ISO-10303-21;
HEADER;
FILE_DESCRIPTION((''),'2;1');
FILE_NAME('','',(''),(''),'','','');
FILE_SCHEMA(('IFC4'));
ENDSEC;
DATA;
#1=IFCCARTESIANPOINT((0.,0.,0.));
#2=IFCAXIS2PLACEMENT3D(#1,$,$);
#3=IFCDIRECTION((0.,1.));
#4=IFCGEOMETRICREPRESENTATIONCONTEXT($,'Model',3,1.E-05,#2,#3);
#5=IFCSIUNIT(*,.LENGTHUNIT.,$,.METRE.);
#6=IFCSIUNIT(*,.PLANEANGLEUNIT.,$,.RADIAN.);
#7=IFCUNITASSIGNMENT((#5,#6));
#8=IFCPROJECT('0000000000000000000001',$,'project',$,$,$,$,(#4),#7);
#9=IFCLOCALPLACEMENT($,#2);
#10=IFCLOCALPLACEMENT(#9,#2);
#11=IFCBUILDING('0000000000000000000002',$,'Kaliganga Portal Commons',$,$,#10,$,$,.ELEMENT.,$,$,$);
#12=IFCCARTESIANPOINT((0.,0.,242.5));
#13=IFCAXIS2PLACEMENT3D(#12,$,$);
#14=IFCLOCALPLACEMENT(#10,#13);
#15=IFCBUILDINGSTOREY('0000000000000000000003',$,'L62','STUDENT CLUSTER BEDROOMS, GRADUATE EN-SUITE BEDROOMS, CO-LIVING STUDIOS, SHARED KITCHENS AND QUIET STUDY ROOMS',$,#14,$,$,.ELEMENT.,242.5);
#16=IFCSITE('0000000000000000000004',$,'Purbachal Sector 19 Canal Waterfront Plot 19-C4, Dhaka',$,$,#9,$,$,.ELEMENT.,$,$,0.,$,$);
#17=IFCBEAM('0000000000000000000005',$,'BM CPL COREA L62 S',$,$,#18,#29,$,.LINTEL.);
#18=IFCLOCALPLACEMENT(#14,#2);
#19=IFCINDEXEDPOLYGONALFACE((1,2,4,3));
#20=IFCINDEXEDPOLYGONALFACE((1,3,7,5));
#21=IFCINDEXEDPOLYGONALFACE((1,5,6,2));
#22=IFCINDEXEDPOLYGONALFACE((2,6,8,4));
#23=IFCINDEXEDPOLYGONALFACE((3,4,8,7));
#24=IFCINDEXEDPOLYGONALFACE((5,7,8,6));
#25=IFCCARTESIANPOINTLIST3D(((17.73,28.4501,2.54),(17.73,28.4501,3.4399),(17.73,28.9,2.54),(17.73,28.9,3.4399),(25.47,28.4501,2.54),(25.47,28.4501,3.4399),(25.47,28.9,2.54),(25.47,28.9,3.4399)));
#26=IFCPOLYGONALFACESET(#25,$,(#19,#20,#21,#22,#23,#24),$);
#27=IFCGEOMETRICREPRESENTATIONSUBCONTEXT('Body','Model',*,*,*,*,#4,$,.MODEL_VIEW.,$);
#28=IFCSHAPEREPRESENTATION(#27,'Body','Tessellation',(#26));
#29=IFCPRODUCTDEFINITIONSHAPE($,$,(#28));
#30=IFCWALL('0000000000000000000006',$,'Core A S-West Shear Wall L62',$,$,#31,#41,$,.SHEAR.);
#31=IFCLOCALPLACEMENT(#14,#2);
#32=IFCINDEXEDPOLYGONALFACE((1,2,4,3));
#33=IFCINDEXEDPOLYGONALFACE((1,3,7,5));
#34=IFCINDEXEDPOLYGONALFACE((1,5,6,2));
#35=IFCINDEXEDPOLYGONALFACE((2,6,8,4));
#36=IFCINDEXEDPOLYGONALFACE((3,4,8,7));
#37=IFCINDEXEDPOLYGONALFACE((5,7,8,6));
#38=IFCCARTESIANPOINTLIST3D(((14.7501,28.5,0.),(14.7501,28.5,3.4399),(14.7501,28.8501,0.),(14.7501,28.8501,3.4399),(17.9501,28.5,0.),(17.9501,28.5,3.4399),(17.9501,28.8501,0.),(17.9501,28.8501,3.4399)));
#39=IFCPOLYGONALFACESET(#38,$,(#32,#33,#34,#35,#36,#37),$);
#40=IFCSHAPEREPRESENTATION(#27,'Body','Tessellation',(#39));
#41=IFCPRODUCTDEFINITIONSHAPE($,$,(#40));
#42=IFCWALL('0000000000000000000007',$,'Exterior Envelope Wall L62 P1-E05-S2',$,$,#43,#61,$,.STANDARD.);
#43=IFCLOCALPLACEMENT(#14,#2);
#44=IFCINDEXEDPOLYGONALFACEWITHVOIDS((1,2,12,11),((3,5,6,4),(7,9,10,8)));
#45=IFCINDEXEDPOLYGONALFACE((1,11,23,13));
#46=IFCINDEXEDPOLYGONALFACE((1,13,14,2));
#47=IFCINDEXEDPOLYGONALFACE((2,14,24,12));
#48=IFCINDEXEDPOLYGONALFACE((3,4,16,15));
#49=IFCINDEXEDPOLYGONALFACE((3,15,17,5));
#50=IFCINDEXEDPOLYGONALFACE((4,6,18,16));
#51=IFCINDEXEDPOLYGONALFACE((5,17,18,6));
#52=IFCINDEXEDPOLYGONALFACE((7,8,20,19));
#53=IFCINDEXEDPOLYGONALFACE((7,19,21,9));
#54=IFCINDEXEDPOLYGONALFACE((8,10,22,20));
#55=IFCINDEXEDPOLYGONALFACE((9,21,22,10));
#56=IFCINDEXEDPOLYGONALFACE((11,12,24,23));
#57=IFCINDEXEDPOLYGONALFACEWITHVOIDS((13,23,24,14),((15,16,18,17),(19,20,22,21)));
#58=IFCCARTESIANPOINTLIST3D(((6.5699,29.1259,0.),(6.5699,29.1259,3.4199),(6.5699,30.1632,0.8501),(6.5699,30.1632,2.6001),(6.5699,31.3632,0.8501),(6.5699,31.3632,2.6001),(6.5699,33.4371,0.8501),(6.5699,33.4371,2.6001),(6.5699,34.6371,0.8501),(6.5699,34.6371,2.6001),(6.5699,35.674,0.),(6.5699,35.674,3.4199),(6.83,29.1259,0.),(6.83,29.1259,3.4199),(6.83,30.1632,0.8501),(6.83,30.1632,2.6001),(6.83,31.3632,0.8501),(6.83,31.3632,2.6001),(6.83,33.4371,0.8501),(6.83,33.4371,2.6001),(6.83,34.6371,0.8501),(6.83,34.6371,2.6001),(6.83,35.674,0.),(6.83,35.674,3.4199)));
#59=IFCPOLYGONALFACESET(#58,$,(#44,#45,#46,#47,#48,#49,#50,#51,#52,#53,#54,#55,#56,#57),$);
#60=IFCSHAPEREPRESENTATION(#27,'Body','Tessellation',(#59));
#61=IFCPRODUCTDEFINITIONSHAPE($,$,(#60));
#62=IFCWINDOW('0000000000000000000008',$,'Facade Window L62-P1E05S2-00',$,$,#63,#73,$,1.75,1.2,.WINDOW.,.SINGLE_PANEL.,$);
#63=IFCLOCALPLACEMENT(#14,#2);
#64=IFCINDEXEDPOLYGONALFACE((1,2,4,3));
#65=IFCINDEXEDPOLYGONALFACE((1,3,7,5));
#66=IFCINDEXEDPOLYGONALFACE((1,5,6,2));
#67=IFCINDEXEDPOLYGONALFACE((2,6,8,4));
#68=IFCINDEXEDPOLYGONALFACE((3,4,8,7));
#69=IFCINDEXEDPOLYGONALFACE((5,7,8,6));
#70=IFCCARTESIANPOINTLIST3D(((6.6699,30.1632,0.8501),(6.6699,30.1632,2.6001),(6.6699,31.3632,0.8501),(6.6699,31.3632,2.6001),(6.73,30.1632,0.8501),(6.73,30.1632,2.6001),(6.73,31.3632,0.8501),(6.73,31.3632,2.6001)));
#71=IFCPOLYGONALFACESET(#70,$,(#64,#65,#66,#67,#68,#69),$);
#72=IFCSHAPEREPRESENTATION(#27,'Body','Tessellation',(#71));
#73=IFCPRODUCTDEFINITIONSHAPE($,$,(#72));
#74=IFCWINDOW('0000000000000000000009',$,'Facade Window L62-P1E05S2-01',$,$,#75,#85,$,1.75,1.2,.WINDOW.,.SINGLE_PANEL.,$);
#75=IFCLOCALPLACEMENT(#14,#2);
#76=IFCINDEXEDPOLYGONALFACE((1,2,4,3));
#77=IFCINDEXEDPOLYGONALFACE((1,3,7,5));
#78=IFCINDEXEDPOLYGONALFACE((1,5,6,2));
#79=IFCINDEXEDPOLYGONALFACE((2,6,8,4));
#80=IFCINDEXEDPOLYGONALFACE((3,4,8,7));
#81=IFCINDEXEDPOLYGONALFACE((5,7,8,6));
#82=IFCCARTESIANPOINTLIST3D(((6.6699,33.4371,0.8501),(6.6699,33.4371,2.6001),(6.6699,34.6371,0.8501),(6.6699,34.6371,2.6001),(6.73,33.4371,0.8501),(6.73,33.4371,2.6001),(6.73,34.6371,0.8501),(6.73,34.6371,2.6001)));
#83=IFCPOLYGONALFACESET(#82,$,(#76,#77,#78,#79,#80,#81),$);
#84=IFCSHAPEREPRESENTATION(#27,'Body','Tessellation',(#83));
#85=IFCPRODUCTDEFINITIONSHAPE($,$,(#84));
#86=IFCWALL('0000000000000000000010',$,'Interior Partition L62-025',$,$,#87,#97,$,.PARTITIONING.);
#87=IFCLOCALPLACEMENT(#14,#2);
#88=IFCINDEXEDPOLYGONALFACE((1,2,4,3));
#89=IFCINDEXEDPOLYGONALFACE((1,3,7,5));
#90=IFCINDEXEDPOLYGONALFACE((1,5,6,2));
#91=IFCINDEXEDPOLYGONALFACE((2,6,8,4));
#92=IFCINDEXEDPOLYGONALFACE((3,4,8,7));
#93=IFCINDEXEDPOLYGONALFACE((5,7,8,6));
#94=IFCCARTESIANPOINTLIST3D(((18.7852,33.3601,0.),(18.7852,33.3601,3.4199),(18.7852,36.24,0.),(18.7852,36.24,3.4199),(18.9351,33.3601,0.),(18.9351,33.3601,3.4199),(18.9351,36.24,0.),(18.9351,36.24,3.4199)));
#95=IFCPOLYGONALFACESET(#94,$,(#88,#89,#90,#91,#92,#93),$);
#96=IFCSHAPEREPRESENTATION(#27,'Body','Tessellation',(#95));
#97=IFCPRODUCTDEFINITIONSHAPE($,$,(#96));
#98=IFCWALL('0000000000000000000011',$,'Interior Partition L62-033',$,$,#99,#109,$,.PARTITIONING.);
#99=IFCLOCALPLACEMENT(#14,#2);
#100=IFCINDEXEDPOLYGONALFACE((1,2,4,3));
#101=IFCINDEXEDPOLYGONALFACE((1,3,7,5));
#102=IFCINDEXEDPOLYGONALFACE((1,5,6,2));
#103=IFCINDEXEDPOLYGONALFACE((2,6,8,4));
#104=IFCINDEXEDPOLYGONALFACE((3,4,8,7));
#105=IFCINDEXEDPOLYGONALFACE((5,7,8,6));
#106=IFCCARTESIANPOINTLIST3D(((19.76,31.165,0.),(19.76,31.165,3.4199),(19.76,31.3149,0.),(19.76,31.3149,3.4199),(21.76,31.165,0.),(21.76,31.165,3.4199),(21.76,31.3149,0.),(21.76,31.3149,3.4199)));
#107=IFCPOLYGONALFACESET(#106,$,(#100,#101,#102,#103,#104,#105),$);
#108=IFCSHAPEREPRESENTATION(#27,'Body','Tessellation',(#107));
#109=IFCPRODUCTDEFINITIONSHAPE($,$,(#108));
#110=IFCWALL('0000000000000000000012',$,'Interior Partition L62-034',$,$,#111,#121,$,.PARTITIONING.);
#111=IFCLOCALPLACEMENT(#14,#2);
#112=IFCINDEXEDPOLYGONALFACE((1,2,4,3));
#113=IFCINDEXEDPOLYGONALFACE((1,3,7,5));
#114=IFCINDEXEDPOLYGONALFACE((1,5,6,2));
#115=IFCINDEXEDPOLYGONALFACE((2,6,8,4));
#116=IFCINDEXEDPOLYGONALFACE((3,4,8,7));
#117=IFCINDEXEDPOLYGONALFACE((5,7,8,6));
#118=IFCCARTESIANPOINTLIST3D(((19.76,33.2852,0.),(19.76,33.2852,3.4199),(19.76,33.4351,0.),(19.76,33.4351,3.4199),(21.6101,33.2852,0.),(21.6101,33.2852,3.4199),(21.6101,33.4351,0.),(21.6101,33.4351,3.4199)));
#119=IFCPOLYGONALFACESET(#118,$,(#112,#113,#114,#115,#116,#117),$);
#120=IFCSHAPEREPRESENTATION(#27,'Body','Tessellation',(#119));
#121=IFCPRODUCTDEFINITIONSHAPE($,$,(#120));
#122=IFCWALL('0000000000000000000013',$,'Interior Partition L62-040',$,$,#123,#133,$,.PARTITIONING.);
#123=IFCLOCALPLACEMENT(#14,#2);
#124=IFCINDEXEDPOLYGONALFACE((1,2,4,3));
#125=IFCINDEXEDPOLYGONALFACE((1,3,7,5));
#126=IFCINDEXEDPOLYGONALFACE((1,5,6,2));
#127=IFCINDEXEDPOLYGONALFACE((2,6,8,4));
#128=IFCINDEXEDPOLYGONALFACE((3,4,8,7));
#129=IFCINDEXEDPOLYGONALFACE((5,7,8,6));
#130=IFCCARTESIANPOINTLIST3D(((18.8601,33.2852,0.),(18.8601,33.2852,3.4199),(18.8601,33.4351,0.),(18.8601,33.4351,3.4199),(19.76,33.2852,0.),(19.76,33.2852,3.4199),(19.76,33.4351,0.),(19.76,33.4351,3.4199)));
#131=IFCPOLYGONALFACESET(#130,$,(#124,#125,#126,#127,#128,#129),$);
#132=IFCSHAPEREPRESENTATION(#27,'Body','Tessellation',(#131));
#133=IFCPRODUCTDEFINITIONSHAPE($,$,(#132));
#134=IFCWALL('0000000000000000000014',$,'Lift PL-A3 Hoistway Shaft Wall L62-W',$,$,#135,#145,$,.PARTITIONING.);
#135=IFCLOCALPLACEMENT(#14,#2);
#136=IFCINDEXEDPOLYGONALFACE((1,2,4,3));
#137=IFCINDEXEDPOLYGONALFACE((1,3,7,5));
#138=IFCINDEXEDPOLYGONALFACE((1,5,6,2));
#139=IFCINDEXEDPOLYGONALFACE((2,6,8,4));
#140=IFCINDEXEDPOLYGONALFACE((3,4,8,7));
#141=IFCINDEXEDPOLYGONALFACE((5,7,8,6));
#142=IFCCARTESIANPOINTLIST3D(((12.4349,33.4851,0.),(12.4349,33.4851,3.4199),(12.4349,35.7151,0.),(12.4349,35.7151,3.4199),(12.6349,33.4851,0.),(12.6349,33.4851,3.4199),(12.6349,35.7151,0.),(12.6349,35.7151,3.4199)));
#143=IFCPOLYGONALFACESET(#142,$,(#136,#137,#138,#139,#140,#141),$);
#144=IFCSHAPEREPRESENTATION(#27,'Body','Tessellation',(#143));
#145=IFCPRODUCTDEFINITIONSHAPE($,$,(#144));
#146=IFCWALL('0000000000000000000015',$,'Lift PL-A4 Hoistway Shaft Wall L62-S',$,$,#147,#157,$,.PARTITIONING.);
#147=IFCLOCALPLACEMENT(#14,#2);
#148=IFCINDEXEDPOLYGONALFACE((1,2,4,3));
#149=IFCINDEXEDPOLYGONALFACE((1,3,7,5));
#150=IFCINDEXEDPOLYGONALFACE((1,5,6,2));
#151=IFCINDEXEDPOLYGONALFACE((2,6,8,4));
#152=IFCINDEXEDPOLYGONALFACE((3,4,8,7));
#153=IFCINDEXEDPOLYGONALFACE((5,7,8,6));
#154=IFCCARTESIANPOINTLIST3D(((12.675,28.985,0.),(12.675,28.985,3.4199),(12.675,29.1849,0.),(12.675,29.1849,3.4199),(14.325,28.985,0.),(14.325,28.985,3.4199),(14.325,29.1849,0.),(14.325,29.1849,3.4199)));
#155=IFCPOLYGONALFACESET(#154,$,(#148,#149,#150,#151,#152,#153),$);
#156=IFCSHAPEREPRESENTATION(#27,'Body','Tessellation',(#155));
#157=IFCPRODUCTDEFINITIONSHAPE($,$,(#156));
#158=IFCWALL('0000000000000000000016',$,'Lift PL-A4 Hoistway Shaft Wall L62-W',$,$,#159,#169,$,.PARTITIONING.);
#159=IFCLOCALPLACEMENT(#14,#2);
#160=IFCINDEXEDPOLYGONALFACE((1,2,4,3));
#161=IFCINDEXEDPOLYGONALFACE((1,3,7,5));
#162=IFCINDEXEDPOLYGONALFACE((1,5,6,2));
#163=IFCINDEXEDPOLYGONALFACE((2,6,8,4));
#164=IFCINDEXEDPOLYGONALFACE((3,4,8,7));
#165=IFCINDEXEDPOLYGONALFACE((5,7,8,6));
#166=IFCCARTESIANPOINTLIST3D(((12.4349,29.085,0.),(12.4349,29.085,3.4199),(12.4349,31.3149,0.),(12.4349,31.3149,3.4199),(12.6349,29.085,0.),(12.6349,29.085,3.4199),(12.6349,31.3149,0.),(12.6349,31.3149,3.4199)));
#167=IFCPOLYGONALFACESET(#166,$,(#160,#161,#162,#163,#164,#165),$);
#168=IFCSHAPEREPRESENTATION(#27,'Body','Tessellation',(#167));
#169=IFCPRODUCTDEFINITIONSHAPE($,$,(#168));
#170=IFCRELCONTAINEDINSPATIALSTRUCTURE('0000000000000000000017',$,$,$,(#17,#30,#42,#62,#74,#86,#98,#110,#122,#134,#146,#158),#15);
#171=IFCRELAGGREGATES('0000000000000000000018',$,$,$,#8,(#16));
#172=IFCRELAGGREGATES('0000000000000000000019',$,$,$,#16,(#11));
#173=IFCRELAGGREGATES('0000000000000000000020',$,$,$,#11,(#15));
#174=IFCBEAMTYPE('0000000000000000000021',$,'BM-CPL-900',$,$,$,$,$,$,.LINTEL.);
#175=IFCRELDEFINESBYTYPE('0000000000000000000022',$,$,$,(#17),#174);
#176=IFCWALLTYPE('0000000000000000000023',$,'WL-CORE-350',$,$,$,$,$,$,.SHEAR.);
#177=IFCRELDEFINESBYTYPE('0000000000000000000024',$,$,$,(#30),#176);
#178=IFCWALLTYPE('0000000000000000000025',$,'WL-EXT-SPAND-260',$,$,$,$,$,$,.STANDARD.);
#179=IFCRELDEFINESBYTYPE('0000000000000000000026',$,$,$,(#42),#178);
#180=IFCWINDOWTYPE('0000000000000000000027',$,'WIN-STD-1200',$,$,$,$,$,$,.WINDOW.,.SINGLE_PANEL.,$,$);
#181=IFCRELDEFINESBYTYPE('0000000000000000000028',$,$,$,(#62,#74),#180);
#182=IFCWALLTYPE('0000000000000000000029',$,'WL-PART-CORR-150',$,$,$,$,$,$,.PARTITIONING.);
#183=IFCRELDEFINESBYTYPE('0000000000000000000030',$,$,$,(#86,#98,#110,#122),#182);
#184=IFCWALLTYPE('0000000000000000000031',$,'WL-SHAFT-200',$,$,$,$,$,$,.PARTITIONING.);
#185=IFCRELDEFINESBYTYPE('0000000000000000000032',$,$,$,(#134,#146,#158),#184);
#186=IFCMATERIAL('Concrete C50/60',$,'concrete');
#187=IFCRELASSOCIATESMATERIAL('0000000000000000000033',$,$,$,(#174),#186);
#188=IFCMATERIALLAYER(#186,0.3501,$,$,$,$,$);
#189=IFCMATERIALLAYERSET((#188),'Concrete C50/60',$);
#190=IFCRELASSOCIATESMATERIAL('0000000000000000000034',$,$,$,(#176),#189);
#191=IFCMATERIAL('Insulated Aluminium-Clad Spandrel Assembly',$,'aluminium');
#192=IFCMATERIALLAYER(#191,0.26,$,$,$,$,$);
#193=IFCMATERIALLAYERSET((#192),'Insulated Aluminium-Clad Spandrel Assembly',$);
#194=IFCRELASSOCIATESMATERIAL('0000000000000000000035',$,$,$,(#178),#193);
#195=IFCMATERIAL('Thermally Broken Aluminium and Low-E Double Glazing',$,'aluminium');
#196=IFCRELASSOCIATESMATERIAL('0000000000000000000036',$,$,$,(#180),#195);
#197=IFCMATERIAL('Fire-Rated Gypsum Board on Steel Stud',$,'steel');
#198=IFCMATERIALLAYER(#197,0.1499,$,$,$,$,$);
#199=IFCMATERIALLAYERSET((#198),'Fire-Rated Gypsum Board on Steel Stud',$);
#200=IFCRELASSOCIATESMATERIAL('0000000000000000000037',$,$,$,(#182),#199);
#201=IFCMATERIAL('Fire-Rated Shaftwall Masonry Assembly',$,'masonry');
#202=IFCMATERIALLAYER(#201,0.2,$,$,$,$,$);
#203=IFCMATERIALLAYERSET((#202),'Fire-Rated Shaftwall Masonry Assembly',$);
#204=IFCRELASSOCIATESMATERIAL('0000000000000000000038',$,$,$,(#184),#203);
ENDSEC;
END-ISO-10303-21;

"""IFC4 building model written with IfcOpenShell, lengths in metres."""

from ifc_helpers import new_model, si_unit, direction, frame, frame_2d, origin, origin_2d, place, context, subcontext, project, spatial, rectangle, extrude, source, transform, mapped, material, layer, layer_set, material_profile, profile_set, type_object, element, fill, save


model = new_model("IFC4")

# Units and contexts
model_context = context("Model", 3, precision=1e-05, world=origin(), true_north=direction((0.0, 1.0)))
body_context = subcontext(model_context, "Body", "Model", "MODEL_VIEW")
ifc_project = project(units=[si_unit("LENGTHUNIT", "METRE"), si_unit("PLANEANGLEUNIT", "RADIAN")], contexts=[model_context])

# Site, building, storey
site_placement = place(None, origin())
site = spatial("IfcSite", under=ifc_project, at=site_placement, Name="Purbachal Sector 19 Canal Waterfront Plot 19-C4, Dhaka", CompositionType="ELEMENT", RefElevation=0.0)
building_placement = place(site_placement, origin())
building = spatial("IfcBuilding", under=site, at=building_placement, Name="Kaliganga Portal Commons", CompositionType="ELEMENT")
storey_placement = place(building_placement, frame((0.0, 0.0, 242.5)))
storey = spatial("IfcBuildingStorey", under=building, at=storey_placement, Name="L62", Description="STUDENT CLUSTER BEDROOMS, GRADUATE EN-SUITE BEDROOMS, CO-LIVING STUDIOS, SHARED KITCHENS AND QUIET STUDY ROOMS", CompositionType="ELEMENT", Elevation=242.5)

# Beam
ifc_material_1 = material(Name="Concrete C50/60", Category="concrete")
ifc_material_profile = material_profile(ifc_material_1, rectangle(XDim=0.45, YDim=0.8999, at=origin_2d()), Name="RC 450x900")
ifc_profile_set = profile_set([ifc_material_profile], Name="Concrete C50/60")
beam_type = type_object("IfcBeamType", Name="BM-CPL-900", PredefinedType="LINTEL", material=ifc_profile_set)
shared_shape = source(origin(), body_context, "Body", "SweptSolid", [
    extrude(rectangle(XDim=0.45, YDim=0.8999, at=origin_2d()), origin(), (0.0, 0.0, 1.0), 7.74),
])
beam_placement = place(storey_placement, frame((17.73, 28.675, 2.99), z_axis=(1.0, 0.0, 0.0), x_axis=(0.0, 1.0, 0.0)))
element("IfcBeam", 1, at=beam_placement, inside=storey, type_object=beam_type, Name="BM CPL COREA L62 S", PredefinedType="LINTEL", context=body_context, shape_type="MappedRepresentation", body=[
    mapped(shared_shape, transform((0.0, 0.0, 0.0), x_axis=(1.0, 0.0, 0.0), y_axis=(0.0, 1.0, 0.0), z_axis=(0.0, 0.0, 1.0), scale=1.0)),
])

# Wall
ifc_layer_1 = layer(ifc_material_1, 0.3501)
ifc_layer_set_1 = layer_set([ifc_layer_1], Name="Concrete C50/60")
wall_type_1 = type_object("IfcWallType", Name="WL-CORE-350", PredefinedType="SHEAR", material=ifc_layer_set_1)
wall_1_placement = place(storey_placement, frame((14.75, 28.675, 0.0), z_axis=(0.0, 0.0, 1.0), x_axis=(1.0, 0.0, 0.0)))
element("IfcWall", 2, at=wall_1_placement, inside=storey, type_object=wall_type_1, Name="Core A S-West Shear Wall L62", PredefinedType="SHEAR", context=body_context, shape_type="SweptSolid", body=[
    extrude(rectangle(XDim=3.2, YDim=0.3501, at=frame_2d((1.6001, 0.0))), origin(), (0.0, 0.0, 1.0), 3.4399),
])

# Wall, openings, windows
ifc_material_2 = material(Name="Insulated Aluminium-Clad Spandrel Assembly", Category="aluminium")
ifc_layer_2 = layer(ifc_material_2, 0.26)
ifc_layer_set_2 = layer_set([ifc_layer_2], Name="Insulated Aluminium-Clad Spandrel Assembly")
wall_type_2 = type_object("IfcWallType", Name="WL-EXT-SPAND-260", PredefinedType="STANDARD", material=ifc_layer_set_2)
wall_2_placement = place(storey_placement, frame((6.7, 29.126, 0.0), z_axis=(0.0, 0.0, 1.0), x_axis=(0.0, 1.0, 0.0)))
wall_2 = element("IfcWall", 3, at=wall_2_placement, inside=storey, type_object=wall_type_2, Name="Exterior Envelope Wall L62 P1-E05-S2", PredefinedType="STANDARD", context=body_context, shape_type="SweptSolid", body=[
    extrude(rectangle(XDim=6.5481, YDim=0.26, at=frame_2d((3.2739, 0.0))), origin(), (0.0, 0.0, 1.0), 3.4199),
])
opening_1_placement = place(wall_2_placement, frame((1.0371, 0.0, 0.8501)))
opening_1 = element("IfcOpeningElement", 4, at=opening_1_placement, cuts=wall_2, PredefinedType="OPENING", context=body_context, shape_type="SweptSolid", body=[
    extrude(rectangle(XDim=1.2, YDim=1.75, at=frame_2d((0.6001, 0.875))), frame((0.0, 0.1401, 0.0), z_axis=(0.0, -1.0, 0.0), x_axis=(1.0, 0.0, 0.0)), (0.0, 0.0, 1.0), 0.28),
])
opening_2_placement = place(wall_2_placement, frame((4.311, 0.0, 0.8501)))
opening_2 = element("IfcOpeningElement", 5, at=opening_2_placement, cuts=wall_2, PredefinedType="OPENING", context=body_context, shape_type="SweptSolid", body=[
    extrude(rectangle(XDim=1.2, YDim=1.75, at=frame_2d((0.6001, 0.875))), frame((0.0, 0.1401, 0.0), z_axis=(0.0, -1.0, 0.0), x_axis=(1.0, 0.0, 0.0)), (0.0, 0.0, 1.0), 0.28),
])
ifc_material_3 = material(Name="Thermally Broken Aluminium and Low-E Double Glazing", Category="aluminium")
window_type = type_object("IfcWindowType", Name="WIN-STD-1200", PartitioningType="SINGLE_PANEL", PredefinedType="WINDOW", material=ifc_material_3)
window_1_placement = place(opening_1_placement, origin())
window_1 = element("IfcWindow", 6, at=window_1_placement, inside=storey, type_object=window_type, Name="Facade Window L62-P1E05S2-00", OverallHeight=1.75, OverallWidth=1.2, PartitioningType="SINGLE_PANEL", PredefinedType="WINDOW", context=body_context, shape_type="SweptSolid", body=[
    extrude(rectangle(XDim=1.2, YDim=1.75, at=frame_2d((0.6001, 0.875))), frame((0.0, 0.03, 0.0), z_axis=(0.0, -1.0, 0.0), x_axis=(1.0, 0.0, 0.0)), (0.0, 0.0, 1.0), 0.0601),
])
fill(opening_1, window_1)
window_2_placement = place(opening_2_placement, origin())
window_2 = element("IfcWindow", 7, at=window_2_placement, inside=storey, type_object=window_type, Name="Facade Window L62-P1E05S2-01", OverallHeight=1.75, OverallWidth=1.2, PartitioningType="SINGLE_PANEL", PredefinedType="WINDOW", context=body_context, shape_type="SweptSolid", body=[
    extrude(rectangle(XDim=1.2, YDim=1.75, at=frame_2d((0.6001, 0.875))), frame((0.0, 0.03, 0.0), z_axis=(0.0, -1.0, 0.0), x_axis=(1.0, 0.0, 0.0)), (0.0, 0.0, 1.0), 0.0601),
])
fill(opening_2, window_2)

# Walls
ifc_material_4 = material(Name="Fire-Rated Gypsum Board on Steel Stud", Category="steel")
ifc_layer_3 = layer(ifc_material_4, 0.1499)
ifc_layer_set_3 = layer_set([ifc_layer_3], Name="Fire-Rated Gypsum Board on Steel Stud")
wall_type_3 = type_object("IfcWallType", Name="WL-PART-CORR-150", PredefinedType="PARTITIONING", material=ifc_layer_set_3)
wall_3_placement = place(storey_placement, frame((18.8601, 33.3601, 0.0), z_axis=(0.0, 0.0, 1.0), x_axis=(0.0, 1.0, 0.0)))
element("IfcWall", 8, at=wall_3_placement, inside=storey, type_object=wall_type_3, Name="Interior Partition L62-025", PredefinedType="PARTITIONING", context=body_context, shape_type="SweptSolid", body=[
    extrude(rectangle(XDim=2.8799, YDim=0.1499, at=frame_2d((1.4399, 0.0))), origin(), (0.0, 0.0, 1.0), 3.4199),
])
wall_4_placement = place(storey_placement, frame((19.76, 31.24, 0.0), z_axis=(0.0, 0.0, 1.0), x_axis=(1.0, 0.0, 0.0)))
element("IfcWall", 9, at=wall_4_placement, inside=storey, type_object=wall_type_3, Name="Interior Partition L62-033", PredefinedType="PARTITIONING", context=body_context, shape_type="SweptSolid", body=[
    extrude(rectangle(XDim=2.0, YDim=0.1499, at=frame_2d((1.0, 0.0))), origin(), (0.0, 0.0, 1.0), 3.4199),
])
wall_5_placement = place(storey_placement, frame((19.76, 33.3601, 0.0), z_axis=(0.0, 0.0, 1.0), x_axis=(1.0, 0.0, 0.0)))
element("IfcWall", 10, at=wall_5_placement, inside=storey, type_object=wall_type_3, Name="Interior Partition L62-034", PredefinedType="PARTITIONING", context=body_context, shape_type="SweptSolid", body=[
    extrude(rectangle(XDim=1.8501, YDim=0.1499, at=frame_2d((0.925, 0.0))), origin(), (0.0, 0.0, 1.0), 3.4199),
])
wall_6_placement = place(storey_placement, frame((18.8601, 33.3601, 0.0), z_axis=(0.0, 0.0, 1.0), x_axis=(1.0, 0.0, 0.0)))
element("IfcWall", 11, at=wall_6_placement, inside=storey, type_object=wall_type_3, Name="Interior Partition L62-040", PredefinedType="PARTITIONING", context=body_context, shape_type="SweptSolid", body=[
    extrude(rectangle(XDim=0.8999, YDim=0.1499, at=frame_2d((0.45, 0.0))), origin(), (0.0, 0.0, 1.0), 3.4199),
])

# Shared definitions
ifc_material_5 = material(Name="Fire-Rated Shaftwall Masonry Assembly", Category="masonry")
ifc_layer_4 = layer(ifc_material_5, 0.2)
ifc_layer_set_4 = layer_set([ifc_layer_4], Name="Fire-Rated Shaftwall Masonry Assembly")
wall_type_4 = type_object("IfcWallType", Name="WL-SHAFT-200", PredefinedType="PARTITIONING", material=ifc_layer_set_4)

# Walls
wall_7_placement = place(storey_placement, frame((12.5349, 33.4851, 0.0), z_axis=(0.0, 0.0, 1.0), x_axis=(0.0, 1.0, 0.0)))
element("IfcWall", 12, at=wall_7_placement, inside=storey, type_object=wall_type_4, Name="Lift PL-A3 Hoistway Shaft Wall L62-W", PredefinedType="PARTITIONING", context=body_context, shape_type="SweptSolid", body=[
    extrude(rectangle(XDim=2.23, YDim=0.2, at=frame_2d((1.115, 0.0))), origin(), (0.0, 0.0, 1.0), 3.4199),
])
wall_8_placement = place(storey_placement, frame((12.675, 29.085, 0.0), z_axis=(0.0, 0.0, 1.0), x_axis=(1.0, 0.0, 0.0)))
element("IfcWall", 13, at=wall_8_placement, inside=storey, type_object=wall_type_4, Name="Lift PL-A4 Hoistway Shaft Wall L62-S", PredefinedType="PARTITIONING", context=body_context, shape_type="SweptSolid", body=[
    extrude(rectangle(XDim=1.6499, YDim=0.2, at=frame_2d((0.825, 0.0))), origin(), (0.0, 0.0, 1.0), 3.4199),
])

# Wall
wall_9_placement = place(storey_placement, frame((12.5349, 29.085, 0.0), z_axis=(0.0, 0.0, 1.0), x_axis=(0.0, 1.0, 0.0)))
element("IfcWall", 14, at=wall_9_placement, inside=storey, type_object=wall_type_4, Name="Lift PL-A4 Hoistway Shaft Wall L62-W", PredefinedType="PARTITIONING", context=body_context, shape_type="SweptSolid", body=[
    extrude(rectangle(XDim=2.23, YDim=0.2, at=frame_2d((1.115, 0.0))), origin(), (0.0, 0.0, 1.0), 3.4199),
])

save(model, "model.ifc")
